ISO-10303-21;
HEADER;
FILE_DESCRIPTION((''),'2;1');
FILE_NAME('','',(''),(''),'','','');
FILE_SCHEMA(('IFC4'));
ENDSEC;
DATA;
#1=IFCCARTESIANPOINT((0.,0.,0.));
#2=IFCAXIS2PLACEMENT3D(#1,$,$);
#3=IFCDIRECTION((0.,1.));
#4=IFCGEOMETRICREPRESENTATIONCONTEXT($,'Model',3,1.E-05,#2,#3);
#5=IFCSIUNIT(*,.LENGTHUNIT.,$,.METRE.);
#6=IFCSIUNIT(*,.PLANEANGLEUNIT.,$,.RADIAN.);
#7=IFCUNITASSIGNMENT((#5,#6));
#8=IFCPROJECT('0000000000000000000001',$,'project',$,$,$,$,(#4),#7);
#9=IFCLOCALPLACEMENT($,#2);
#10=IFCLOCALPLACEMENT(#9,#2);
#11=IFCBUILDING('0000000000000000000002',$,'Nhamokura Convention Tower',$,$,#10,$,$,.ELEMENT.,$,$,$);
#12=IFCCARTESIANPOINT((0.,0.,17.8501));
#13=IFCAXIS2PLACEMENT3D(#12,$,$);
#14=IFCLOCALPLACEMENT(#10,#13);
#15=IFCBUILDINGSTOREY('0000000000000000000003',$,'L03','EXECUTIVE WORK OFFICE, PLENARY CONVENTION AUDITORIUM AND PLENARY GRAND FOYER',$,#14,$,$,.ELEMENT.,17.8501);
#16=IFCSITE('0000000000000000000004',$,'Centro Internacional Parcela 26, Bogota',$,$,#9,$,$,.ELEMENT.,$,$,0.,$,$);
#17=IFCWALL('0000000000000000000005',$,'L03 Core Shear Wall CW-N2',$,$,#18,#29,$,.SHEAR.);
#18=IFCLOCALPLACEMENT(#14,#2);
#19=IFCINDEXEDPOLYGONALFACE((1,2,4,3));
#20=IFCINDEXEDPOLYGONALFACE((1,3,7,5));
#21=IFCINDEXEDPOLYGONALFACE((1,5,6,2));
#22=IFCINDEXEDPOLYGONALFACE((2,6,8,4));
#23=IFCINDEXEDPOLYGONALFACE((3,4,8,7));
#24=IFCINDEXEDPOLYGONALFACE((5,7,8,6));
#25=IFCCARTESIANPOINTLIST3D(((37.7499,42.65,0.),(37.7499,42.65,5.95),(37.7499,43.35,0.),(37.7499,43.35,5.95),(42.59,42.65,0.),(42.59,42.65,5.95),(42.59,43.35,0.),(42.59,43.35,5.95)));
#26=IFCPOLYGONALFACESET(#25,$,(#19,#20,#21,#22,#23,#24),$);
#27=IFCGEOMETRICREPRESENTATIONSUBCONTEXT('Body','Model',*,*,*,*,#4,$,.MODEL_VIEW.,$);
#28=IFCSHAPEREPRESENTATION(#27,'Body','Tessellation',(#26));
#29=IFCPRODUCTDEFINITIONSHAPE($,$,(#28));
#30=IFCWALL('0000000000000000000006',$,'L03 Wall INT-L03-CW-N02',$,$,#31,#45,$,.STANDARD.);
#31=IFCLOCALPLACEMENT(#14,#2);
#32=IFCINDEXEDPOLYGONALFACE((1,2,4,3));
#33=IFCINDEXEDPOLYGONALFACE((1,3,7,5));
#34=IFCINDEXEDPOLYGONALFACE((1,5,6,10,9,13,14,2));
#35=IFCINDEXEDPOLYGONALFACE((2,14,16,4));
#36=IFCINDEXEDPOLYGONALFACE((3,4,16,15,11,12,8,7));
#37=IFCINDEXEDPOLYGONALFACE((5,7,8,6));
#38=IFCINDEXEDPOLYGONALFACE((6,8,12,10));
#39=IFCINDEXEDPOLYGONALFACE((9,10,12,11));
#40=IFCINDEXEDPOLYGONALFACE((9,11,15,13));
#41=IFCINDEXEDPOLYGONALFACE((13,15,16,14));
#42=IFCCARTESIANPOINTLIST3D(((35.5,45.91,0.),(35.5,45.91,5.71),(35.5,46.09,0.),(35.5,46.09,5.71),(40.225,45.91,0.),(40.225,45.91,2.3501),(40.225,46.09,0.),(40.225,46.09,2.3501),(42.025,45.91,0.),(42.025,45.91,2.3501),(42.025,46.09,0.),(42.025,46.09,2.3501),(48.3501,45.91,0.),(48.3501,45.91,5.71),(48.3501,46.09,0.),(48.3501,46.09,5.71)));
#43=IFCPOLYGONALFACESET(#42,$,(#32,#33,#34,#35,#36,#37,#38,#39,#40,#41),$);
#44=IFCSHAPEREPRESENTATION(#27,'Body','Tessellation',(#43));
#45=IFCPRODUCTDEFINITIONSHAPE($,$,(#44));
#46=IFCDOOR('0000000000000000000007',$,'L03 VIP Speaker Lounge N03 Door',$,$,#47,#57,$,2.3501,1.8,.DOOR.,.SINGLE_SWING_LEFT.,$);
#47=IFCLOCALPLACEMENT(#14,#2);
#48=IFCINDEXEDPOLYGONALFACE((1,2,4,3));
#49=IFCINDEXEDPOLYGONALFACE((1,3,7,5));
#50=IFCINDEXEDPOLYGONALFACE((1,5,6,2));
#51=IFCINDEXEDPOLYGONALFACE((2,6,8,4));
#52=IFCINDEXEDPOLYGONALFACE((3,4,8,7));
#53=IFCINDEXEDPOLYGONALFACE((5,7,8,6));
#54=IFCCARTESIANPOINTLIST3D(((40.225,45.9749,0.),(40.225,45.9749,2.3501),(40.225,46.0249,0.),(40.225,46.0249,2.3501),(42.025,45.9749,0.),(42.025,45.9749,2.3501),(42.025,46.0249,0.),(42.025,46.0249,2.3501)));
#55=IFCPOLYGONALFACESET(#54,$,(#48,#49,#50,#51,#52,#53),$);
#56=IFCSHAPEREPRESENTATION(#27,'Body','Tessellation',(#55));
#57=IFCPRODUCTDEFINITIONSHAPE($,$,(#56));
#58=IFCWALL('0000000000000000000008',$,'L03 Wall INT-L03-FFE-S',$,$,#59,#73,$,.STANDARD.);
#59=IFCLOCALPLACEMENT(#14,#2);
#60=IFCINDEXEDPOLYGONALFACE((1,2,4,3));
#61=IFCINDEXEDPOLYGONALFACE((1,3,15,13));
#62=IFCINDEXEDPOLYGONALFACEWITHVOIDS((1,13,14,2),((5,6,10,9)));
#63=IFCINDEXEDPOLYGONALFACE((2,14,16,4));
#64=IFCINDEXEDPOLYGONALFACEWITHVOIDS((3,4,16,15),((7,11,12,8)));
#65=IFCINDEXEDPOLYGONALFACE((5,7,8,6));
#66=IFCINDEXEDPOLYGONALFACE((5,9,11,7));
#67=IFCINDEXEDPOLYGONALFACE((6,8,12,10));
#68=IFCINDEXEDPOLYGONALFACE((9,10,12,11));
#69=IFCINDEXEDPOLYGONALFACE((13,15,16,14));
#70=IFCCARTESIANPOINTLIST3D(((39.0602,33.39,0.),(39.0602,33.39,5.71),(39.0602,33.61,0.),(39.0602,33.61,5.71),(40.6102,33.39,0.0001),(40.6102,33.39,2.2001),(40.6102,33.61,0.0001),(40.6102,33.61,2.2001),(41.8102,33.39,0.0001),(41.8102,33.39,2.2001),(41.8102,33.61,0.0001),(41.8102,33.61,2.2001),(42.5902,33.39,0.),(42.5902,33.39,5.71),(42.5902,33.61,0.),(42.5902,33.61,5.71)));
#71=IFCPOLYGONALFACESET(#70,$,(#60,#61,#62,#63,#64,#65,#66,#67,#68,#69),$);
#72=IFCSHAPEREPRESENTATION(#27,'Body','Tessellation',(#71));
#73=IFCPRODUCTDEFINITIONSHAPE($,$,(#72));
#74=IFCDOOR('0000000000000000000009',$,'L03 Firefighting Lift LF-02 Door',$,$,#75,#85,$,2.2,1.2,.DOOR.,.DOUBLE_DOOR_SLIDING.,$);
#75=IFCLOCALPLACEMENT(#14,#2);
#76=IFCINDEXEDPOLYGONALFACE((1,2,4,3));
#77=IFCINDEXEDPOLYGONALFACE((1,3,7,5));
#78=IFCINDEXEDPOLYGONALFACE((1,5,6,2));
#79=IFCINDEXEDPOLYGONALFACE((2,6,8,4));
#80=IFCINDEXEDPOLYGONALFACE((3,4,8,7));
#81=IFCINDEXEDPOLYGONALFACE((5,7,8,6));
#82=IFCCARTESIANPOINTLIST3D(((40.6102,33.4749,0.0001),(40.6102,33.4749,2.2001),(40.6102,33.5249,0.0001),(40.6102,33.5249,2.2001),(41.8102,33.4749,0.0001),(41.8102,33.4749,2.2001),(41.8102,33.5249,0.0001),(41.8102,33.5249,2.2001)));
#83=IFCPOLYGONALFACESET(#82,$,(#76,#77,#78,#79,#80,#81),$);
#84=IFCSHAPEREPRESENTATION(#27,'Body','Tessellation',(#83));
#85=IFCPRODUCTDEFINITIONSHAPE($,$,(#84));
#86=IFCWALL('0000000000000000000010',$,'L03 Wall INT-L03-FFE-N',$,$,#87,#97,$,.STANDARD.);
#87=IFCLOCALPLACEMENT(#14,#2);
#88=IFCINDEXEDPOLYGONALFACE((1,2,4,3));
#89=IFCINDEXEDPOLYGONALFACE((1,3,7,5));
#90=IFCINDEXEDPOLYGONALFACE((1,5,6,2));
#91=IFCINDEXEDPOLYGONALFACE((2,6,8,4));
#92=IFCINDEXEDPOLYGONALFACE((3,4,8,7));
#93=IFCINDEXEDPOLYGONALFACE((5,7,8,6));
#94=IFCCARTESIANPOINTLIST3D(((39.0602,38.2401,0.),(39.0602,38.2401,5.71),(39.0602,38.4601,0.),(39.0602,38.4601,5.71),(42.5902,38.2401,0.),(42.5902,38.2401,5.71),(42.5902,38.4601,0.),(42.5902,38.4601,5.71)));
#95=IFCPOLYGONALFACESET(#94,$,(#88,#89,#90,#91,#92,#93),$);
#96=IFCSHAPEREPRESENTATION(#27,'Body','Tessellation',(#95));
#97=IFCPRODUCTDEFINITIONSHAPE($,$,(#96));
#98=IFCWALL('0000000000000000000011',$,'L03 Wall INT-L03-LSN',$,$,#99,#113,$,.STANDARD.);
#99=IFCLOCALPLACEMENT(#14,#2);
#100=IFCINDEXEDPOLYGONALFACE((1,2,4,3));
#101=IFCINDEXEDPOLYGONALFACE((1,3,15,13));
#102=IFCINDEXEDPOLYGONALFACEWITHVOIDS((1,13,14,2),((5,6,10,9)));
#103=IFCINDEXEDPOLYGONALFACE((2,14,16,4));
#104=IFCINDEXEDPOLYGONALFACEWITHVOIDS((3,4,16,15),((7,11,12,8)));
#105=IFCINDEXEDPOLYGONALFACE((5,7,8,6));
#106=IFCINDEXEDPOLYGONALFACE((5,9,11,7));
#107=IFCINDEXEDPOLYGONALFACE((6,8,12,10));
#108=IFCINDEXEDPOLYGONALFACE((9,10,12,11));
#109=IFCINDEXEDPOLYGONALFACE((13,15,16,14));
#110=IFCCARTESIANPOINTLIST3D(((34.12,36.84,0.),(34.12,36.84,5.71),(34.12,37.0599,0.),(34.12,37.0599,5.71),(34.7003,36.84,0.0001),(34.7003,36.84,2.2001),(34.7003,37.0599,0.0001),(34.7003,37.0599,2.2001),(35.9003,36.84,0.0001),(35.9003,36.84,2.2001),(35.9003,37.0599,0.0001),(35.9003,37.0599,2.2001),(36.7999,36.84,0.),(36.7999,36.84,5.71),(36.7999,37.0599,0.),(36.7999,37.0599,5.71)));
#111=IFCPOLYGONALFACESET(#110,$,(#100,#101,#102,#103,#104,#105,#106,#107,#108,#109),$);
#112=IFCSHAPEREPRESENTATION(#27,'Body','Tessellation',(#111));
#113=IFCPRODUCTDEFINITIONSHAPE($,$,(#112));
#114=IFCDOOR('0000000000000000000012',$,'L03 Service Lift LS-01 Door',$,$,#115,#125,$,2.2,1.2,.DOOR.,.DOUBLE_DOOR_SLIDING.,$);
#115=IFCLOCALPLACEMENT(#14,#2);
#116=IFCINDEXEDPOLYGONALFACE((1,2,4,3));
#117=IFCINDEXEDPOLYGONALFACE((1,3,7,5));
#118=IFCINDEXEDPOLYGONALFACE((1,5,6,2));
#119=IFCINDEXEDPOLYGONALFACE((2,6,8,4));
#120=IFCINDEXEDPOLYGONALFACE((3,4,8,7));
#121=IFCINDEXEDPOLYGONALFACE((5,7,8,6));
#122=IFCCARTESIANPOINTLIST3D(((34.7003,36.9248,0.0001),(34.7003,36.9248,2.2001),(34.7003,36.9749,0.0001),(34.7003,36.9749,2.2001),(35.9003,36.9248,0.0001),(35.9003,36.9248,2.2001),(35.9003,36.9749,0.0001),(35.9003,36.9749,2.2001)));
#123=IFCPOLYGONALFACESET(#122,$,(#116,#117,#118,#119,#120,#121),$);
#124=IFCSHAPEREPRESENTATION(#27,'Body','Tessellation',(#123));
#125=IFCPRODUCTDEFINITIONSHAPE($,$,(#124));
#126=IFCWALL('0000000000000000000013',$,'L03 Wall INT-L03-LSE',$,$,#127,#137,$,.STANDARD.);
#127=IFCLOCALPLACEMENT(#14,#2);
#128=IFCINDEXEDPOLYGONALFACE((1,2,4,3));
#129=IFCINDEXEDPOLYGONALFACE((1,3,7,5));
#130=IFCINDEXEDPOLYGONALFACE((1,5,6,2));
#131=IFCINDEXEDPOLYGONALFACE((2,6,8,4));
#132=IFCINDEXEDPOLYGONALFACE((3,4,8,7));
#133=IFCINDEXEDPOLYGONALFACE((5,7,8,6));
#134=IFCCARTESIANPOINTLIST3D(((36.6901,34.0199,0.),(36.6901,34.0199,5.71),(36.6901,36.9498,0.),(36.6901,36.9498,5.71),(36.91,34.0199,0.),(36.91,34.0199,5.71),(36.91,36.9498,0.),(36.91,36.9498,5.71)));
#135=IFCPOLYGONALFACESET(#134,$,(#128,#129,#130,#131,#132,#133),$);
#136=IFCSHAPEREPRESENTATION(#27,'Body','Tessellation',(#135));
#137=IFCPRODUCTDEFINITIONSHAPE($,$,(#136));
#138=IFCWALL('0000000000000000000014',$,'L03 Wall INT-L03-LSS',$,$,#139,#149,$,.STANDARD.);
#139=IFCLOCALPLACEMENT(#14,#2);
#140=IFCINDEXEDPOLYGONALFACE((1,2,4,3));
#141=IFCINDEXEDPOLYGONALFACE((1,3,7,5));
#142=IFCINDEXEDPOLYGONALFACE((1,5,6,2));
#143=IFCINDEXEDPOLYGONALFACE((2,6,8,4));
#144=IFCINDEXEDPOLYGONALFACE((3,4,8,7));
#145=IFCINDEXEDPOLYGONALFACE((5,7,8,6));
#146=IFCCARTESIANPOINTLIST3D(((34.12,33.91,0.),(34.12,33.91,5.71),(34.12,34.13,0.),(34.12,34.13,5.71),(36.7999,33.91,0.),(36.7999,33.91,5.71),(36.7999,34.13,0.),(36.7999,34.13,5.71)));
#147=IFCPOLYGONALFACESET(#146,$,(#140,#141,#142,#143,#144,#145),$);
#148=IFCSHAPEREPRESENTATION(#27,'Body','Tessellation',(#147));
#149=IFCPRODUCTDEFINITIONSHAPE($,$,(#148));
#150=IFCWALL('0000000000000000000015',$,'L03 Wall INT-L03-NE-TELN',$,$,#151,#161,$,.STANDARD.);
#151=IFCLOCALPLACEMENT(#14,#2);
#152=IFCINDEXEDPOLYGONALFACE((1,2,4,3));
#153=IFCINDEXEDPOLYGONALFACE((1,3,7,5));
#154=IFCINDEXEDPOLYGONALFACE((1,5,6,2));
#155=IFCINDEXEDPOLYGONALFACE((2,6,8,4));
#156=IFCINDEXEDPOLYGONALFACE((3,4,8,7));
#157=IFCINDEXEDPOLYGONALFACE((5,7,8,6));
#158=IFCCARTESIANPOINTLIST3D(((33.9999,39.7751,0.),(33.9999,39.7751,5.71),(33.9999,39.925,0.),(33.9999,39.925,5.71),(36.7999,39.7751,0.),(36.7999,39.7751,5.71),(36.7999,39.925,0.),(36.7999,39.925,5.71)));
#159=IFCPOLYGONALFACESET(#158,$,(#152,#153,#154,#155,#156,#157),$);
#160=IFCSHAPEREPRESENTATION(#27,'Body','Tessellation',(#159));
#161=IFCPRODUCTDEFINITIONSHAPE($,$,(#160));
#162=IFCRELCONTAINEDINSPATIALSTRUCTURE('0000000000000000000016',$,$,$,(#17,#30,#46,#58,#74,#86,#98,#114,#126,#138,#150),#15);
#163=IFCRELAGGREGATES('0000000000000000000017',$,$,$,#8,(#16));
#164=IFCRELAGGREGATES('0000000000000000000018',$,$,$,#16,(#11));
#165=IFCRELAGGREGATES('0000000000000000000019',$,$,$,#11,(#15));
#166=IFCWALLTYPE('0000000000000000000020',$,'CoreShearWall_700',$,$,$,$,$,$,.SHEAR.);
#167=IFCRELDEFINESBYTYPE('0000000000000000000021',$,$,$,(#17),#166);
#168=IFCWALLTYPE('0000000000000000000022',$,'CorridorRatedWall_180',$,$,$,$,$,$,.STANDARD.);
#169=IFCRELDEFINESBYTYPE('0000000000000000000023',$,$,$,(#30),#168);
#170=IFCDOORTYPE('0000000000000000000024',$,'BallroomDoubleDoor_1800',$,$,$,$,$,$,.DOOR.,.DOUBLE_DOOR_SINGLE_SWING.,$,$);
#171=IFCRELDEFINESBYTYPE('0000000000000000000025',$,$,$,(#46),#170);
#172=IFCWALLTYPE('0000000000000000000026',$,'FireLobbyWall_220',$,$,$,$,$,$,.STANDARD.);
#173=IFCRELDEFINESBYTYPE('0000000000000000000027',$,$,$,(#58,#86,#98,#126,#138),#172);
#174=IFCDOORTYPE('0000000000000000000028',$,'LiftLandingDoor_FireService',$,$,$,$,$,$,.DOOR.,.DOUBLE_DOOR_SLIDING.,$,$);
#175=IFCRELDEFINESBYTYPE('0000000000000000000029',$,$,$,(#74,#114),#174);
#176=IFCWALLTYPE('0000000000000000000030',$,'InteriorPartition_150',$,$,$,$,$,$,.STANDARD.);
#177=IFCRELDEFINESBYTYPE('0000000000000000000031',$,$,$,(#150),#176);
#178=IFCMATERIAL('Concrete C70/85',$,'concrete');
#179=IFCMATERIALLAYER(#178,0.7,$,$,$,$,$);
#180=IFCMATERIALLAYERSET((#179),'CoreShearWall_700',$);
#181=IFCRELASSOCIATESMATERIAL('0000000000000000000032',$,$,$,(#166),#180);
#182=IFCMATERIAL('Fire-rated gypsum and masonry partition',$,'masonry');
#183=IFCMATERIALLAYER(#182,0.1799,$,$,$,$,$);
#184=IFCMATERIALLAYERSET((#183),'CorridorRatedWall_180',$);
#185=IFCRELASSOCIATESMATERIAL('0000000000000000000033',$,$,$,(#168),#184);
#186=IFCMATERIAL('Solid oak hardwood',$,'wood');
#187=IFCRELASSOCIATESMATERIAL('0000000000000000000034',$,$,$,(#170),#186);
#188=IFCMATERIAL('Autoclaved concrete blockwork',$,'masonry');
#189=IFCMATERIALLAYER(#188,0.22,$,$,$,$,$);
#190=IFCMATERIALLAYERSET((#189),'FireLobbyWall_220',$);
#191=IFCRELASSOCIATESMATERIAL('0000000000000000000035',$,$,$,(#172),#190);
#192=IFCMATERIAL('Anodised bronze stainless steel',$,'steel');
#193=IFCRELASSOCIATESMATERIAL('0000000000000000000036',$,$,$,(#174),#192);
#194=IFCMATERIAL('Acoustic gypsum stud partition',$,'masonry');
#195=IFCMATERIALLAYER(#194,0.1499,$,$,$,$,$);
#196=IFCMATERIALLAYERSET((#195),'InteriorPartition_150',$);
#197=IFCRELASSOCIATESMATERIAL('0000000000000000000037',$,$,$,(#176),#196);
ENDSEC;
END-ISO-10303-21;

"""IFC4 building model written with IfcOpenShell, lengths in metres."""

from ifc_helpers import new_model, si_unit, direction, frame, frame_2d, origin, place, context, subcontext, project, spatial, rectangle, extrude, material, layer, layer_set, type_object, element, fill, save


model = new_model("IFC4")

# Units and contexts
model_context = context("Model", 3, precision=1e-05, world=origin(), true_north=direction((0.0, 1.0)))
body_context = subcontext(model_context, "Body", "Model", "MODEL_VIEW")
ifc_project = project(units=[si_unit("LENGTHUNIT", "METRE"), si_unit("PLANEANGLEUNIT", "RADIAN")], contexts=[model_context])

# Site, building, storey
site_placement = place(None, origin())
site = spatial("IfcSite", under=ifc_project, at=site_placement, Name="Centro Internacional Parcela 26, Bogota", CompositionType="ELEMENT", RefElevation=0.0)
building_placement = place(site_placement, origin())
building = spatial("IfcBuilding", under=site, at=building_placement, Name="Nhamokura Convention Tower", CompositionType="ELEMENT")
storey_placement = place(building_placement, frame((0.0, 0.0, 17.8501)))
storey = spatial("IfcBuildingStorey", under=building, at=storey_placement, Name="L03", Description="EXECUTIVE WORK OFFICE, PLENARY CONVENTION AUDITORIUM AND PLENARY GRAND FOYER", CompositionType="ELEMENT", Elevation=17.8501)

# Wall
ifc_material_1 = material(Name="Concrete C70/85", Category="concrete")
ifc_layer_1 = layer(ifc_material_1, 0.7)
ifc_layer_set_1 = layer_set([ifc_layer_1], Name="CoreShearWall_700")
wall_type_1 = type_object("IfcWallType", Name="CoreShearWall_700", PredefinedType="SHEAR", material=ifc_layer_set_1)
wall_1_placement = place(storey_placement, frame((37.75, 43.0, 0.0), z_axis=(0.0, 0.0, 1.0), x_axis=(1.0, 0.0, 0.0)))
element("IfcWall", 1, at=wall_1_placement, inside=storey, type_object=wall_type_1, Name="L03 Core Shear Wall CW-N2", PredefinedType="SHEAR", context=body_context, shape_type="SweptSolid", body=[
    extrude(rectangle(XDim=4.8401, YDim=0.7, at=frame_2d((2.4199, 0.0))), origin(), (0.0, 0.0, 1.0), 5.95),
])

# Walls, openings, doors
ifc_material_2 = material(Name="Fire-rated gypsum and masonry partition", Category="masonry")
ifc_layer_2 = layer(ifc_material_2, 0.1799)
ifc_layer_set_2 = layer_set([ifc_layer_2], Name="CorridorRatedWall_180")
wall_type_2 = type_object("IfcWallType", Name="CorridorRatedWall_180", PredefinedType="STANDARD", material=ifc_layer_set_2)
wall_2_placement = place(storey_placement, frame((35.5, 46.0, 0.0), z_axis=(0.0, 0.0, 1.0), x_axis=(1.0, 0.0, 0.0)))
wall_2 = element("IfcWall", 2, at=wall_2_placement, inside=storey, type_object=wall_type_2, Name="L03 Wall INT-L03-CW-N02", PredefinedType="STANDARD", context=body_context, shape_type="SweptSolid", body=[
    extrude(rectangle(XDim=12.8501, YDim=0.1799, at=frame_2d((6.425, 0.0))), origin(), (0.0, 0.0, 1.0), 5.71),
])
opening_1_placement = place(wall_2_placement, frame((4.7251, 0.0, 0.0)))
opening_1 = element("IfcOpeningElement", 3, at=opening_1_placement, cuts=wall_2, PredefinedType="OPENING", context=body_context, shape_type="SweptSolid", body=[
    extrude(rectangle(XDim=1.8, YDim=2.3501, at=frame_2d((0.8999, 1.175))), frame((0.0, 0.0999, 0.0), z_axis=(0.0, -1.0, 0.0), x_axis=(1.0, 0.0, 0.0)), (0.0, 0.0, 1.0), 0.2),
])
ifc_material_3 = material(Name="Solid oak hardwood", Category="wood")
door_type_1 = type_object("IfcDoorType", Name="BallroomDoubleDoor_1800", OperationType="DOUBLE_DOOR_SINGLE_SWING", PredefinedType="DOOR", material=ifc_material_3)
door_1_placement = place(opening_1_placement, origin())
door_1 = element("IfcDoor", 4, at=door_1_placement, inside=storey, type_object=door_type_1, Name="L03 VIP Speaker Lounge N03 Door", OperationType="SINGLE_SWING_LEFT", OverallHeight=2.3501, OverallWidth=1.8, PredefinedType="DOOR", context=body_context, shape_type="SweptSolid", body=[
    extrude(rectangle(XDim=1.8, YDim=2.3501, at=frame_2d((0.8999, 1.175))), frame((0.0, 0.0249, 0.0), z_axis=(0.0, -1.0, 0.0), x_axis=(1.0, 0.0, 0.0)), (0.0, 0.0, 1.0), 0.05),
])
fill(opening_1, door_1)
ifc_material_4 = material(Name="Autoclaved concrete blockwork", Category="masonry")
ifc_layer_3 = layer(ifc_material_4, 0.22)
ifc_layer_set_3 = layer_set([ifc_layer_3], Name="FireLobbyWall_220")
wall_type_3 = type_object("IfcWallType", Name="FireLobbyWall_220", PredefinedType="STANDARD", material=ifc_layer_set_3)
wall_3_placement = place(storey_placement, frame((39.0601, 33.5, 0.0), z_axis=(0.0, 0.0, 1.0), x_axis=(1.0, 0.0, 0.0)))
wall_3 = element("IfcWall", 5, at=wall_3_placement, inside=storey, type_object=wall_type_3, Name="L03 Wall INT-L03-FFE-S", PredefinedType="STANDARD", context=body_context, shape_type="SweptSolid", body=[
    extrude(rectangle(XDim=3.53, YDim=0.22, at=frame_2d((1.7651, 0.0))), origin(), (0.0, 0.0, 1.0), 5.71),
])
opening_2_placement = place(wall_3_placement, frame((1.55, 0.0, 0.0)))
opening_2 = element("IfcOpeningElement", 6, at=opening_2_placement, cuts=wall_3, PredefinedType="OPENING", context=body_context, shape_type="SweptSolid", body=[
    extrude(rectangle(XDim=1.2, YDim=2.2, at=frame_2d((0.6001, 1.1001))), frame((0.0, 0.1199, 0.0), z_axis=(0.0, -1.0, 0.0), x_axis=(1.0, 0.0, 0.0)), (0.0, 0.0, 1.0), 0.24),
])
ifc_material_5 = material(Name="Anodised bronze stainless steel", Category="steel")
door_type_2 = type_object("IfcDoorType", Name="LiftLandingDoor_FireService", OperationType="DOUBLE_DOOR_SLIDING", PredefinedType="DOOR", material=ifc_material_5)
door_2_placement = place(opening_2_placement, origin())
door_2 = element("IfcDoor", 7, at=door_2_placement, inside=storey, type_object=door_type_2, Name="L03 Firefighting Lift LF-02 Door", OperationType="DOUBLE_DOOR_SLIDING", OverallHeight=2.2, OverallWidth=1.2, PredefinedType="DOOR", context=body_context, shape_type="SweptSolid", body=[
    extrude(rectangle(XDim=1.2, YDim=2.2, at=frame_2d((0.6001, 1.1001))), frame((0.0, 0.0249, 0.0), z_axis=(0.0, -1.0, 0.0), x_axis=(1.0, 0.0, 0.0)), (0.0, 0.0, 1.0), 0.05),
])
fill(opening_2, door_2)

# Wall
wall_4_placement = place(storey_placement, frame((39.0601, 38.3501, 0.0), z_axis=(0.0, 0.0, 1.0), x_axis=(1.0, 0.0, 0.0)))
element("IfcWall", 8, at=wall_4_placement, inside=storey, type_object=wall_type_3, Name="L03 Wall INT-L03-FFE-N", PredefinedType="STANDARD", context=body_context, shape_type="SweptSolid", body=[
    extrude(rectangle(XDim=3.53, YDim=0.22, at=frame_2d((1.7651, 0.0))), origin(), (0.0, 0.0, 1.0), 5.71),
])

# Wall, opening, door
wall_5_placement = place(storey_placement, frame((34.1201, 36.95, 0.0), z_axis=(0.0, 0.0, 1.0), x_axis=(1.0, 0.0, 0.0)))
wall_5 = element("IfcWall", 9, at=wall_5_placement, inside=storey, type_object=wall_type_3, Name="L03 Wall INT-L03-LSN", PredefinedType="STANDARD", context=body_context, shape_type="SweptSolid", body=[
    extrude(rectangle(XDim=2.6799, YDim=0.22, at=frame_2d((1.3398, 0.0))), origin(), (0.0, 0.0, 1.0), 5.71),
])
opening_3_placement = place(wall_5_placement, frame((0.5801, 0.0, 0.0)))
opening_3 = element("IfcOpeningElement", 10, at=opening_3_placement, cuts=wall_5, PredefinedType="OPENING", context=body_context, shape_type="SweptSolid", body=[
    extrude(rectangle(XDim=1.2, YDim=2.2, at=frame_2d((0.6001, 1.1001))), frame((0.0, 0.1199, 0.0), z_axis=(0.0, -1.0, 0.0), x_axis=(1.0, 0.0, 0.0)), (0.0, 0.0, 1.0), 0.24),
])
door_3_placement = place(opening_3_placement, origin())
door_3 = element("IfcDoor", 11, at=door_3_placement, inside=storey, type_object=door_type_2, Name="L03 Service Lift LS-01 Door", OperationType="DOUBLE_DOOR_SLIDING", OverallHeight=2.2, OverallWidth=1.2, PredefinedType="DOOR", context=body_context, shape_type="SweptSolid", body=[
    extrude(rectangle(XDim=1.2, YDim=2.2, at=frame_2d((0.6001, 1.1001))), frame((0.0, 0.0249, 0.0), z_axis=(0.0, -1.0, 0.0), x_axis=(1.0, 0.0, 0.0)), (0.0, 0.0, 1.0), 0.05),
])
fill(opening_3, door_3)

# Walls
wall_6_placement = place(storey_placement, frame((36.8, 34.02, 0.0), z_axis=(0.0, 0.0, 1.0), x_axis=(0.0, 1.0, 0.0)))
element("IfcWall", 12, at=wall_6_placement, inside=storey, type_object=wall_type_3, Name="L03 Wall INT-L03-LSE", PredefinedType="STANDARD", context=body_context, shape_type="SweptSolid", body=[
    extrude(rectangle(XDim=2.9299, YDim=0.22, at=frame_2d((1.4648, 0.0))), origin(), (0.0, 0.0, 1.0), 5.71),
])
wall_7_placement = place(storey_placement, frame((34.1201, 34.02, 0.0), z_axis=(0.0, 0.0, 1.0), x_axis=(1.0, 0.0, 0.0)))
element("IfcWall", 13, at=wall_7_placement, inside=storey, type_object=wall_type_3, Name="L03 Wall INT-L03-LSS", PredefinedType="STANDARD", context=body_context, shape_type="SweptSolid", body=[
    extrude(rectangle(XDim=2.6799, YDim=0.22, at=frame_2d((1.3398, 0.0))), origin(), (0.0, 0.0, 1.0), 5.71),
])
ifc_material_6 = material(Name="Acoustic gypsum stud partition", Category="masonry")
ifc_layer_4 = layer(ifc_material_6, 0.1499)
ifc_layer_set_4 = layer_set([ifc_layer_4], Name="InteriorPartition_150")
wall_type_4 = type_object("IfcWallType", Name="InteriorPartition_150", PredefinedType="STANDARD", material=ifc_layer_set_4)
wall_8_placement = place(storey_placement, frame((34.0, 39.8501, 0.0), z_axis=(0.0, 0.0, 1.0), x_axis=(1.0, 0.0, 0.0)))
element("IfcWall", 14, at=wall_8_placement, inside=storey, type_object=wall_type_4, Name="L03 Wall INT-L03-NE-TELN", PredefinedType="STANDARD", context=body_context, shape_type="SweptSolid", body=[
    extrude(rectangle(XDim=2.8, YDim=0.1499, at=frame_2d((1.3999, 0.0))), origin(), (0.0, 0.0, 1.0), 5.71),
])

save(model, "model.ifc")
